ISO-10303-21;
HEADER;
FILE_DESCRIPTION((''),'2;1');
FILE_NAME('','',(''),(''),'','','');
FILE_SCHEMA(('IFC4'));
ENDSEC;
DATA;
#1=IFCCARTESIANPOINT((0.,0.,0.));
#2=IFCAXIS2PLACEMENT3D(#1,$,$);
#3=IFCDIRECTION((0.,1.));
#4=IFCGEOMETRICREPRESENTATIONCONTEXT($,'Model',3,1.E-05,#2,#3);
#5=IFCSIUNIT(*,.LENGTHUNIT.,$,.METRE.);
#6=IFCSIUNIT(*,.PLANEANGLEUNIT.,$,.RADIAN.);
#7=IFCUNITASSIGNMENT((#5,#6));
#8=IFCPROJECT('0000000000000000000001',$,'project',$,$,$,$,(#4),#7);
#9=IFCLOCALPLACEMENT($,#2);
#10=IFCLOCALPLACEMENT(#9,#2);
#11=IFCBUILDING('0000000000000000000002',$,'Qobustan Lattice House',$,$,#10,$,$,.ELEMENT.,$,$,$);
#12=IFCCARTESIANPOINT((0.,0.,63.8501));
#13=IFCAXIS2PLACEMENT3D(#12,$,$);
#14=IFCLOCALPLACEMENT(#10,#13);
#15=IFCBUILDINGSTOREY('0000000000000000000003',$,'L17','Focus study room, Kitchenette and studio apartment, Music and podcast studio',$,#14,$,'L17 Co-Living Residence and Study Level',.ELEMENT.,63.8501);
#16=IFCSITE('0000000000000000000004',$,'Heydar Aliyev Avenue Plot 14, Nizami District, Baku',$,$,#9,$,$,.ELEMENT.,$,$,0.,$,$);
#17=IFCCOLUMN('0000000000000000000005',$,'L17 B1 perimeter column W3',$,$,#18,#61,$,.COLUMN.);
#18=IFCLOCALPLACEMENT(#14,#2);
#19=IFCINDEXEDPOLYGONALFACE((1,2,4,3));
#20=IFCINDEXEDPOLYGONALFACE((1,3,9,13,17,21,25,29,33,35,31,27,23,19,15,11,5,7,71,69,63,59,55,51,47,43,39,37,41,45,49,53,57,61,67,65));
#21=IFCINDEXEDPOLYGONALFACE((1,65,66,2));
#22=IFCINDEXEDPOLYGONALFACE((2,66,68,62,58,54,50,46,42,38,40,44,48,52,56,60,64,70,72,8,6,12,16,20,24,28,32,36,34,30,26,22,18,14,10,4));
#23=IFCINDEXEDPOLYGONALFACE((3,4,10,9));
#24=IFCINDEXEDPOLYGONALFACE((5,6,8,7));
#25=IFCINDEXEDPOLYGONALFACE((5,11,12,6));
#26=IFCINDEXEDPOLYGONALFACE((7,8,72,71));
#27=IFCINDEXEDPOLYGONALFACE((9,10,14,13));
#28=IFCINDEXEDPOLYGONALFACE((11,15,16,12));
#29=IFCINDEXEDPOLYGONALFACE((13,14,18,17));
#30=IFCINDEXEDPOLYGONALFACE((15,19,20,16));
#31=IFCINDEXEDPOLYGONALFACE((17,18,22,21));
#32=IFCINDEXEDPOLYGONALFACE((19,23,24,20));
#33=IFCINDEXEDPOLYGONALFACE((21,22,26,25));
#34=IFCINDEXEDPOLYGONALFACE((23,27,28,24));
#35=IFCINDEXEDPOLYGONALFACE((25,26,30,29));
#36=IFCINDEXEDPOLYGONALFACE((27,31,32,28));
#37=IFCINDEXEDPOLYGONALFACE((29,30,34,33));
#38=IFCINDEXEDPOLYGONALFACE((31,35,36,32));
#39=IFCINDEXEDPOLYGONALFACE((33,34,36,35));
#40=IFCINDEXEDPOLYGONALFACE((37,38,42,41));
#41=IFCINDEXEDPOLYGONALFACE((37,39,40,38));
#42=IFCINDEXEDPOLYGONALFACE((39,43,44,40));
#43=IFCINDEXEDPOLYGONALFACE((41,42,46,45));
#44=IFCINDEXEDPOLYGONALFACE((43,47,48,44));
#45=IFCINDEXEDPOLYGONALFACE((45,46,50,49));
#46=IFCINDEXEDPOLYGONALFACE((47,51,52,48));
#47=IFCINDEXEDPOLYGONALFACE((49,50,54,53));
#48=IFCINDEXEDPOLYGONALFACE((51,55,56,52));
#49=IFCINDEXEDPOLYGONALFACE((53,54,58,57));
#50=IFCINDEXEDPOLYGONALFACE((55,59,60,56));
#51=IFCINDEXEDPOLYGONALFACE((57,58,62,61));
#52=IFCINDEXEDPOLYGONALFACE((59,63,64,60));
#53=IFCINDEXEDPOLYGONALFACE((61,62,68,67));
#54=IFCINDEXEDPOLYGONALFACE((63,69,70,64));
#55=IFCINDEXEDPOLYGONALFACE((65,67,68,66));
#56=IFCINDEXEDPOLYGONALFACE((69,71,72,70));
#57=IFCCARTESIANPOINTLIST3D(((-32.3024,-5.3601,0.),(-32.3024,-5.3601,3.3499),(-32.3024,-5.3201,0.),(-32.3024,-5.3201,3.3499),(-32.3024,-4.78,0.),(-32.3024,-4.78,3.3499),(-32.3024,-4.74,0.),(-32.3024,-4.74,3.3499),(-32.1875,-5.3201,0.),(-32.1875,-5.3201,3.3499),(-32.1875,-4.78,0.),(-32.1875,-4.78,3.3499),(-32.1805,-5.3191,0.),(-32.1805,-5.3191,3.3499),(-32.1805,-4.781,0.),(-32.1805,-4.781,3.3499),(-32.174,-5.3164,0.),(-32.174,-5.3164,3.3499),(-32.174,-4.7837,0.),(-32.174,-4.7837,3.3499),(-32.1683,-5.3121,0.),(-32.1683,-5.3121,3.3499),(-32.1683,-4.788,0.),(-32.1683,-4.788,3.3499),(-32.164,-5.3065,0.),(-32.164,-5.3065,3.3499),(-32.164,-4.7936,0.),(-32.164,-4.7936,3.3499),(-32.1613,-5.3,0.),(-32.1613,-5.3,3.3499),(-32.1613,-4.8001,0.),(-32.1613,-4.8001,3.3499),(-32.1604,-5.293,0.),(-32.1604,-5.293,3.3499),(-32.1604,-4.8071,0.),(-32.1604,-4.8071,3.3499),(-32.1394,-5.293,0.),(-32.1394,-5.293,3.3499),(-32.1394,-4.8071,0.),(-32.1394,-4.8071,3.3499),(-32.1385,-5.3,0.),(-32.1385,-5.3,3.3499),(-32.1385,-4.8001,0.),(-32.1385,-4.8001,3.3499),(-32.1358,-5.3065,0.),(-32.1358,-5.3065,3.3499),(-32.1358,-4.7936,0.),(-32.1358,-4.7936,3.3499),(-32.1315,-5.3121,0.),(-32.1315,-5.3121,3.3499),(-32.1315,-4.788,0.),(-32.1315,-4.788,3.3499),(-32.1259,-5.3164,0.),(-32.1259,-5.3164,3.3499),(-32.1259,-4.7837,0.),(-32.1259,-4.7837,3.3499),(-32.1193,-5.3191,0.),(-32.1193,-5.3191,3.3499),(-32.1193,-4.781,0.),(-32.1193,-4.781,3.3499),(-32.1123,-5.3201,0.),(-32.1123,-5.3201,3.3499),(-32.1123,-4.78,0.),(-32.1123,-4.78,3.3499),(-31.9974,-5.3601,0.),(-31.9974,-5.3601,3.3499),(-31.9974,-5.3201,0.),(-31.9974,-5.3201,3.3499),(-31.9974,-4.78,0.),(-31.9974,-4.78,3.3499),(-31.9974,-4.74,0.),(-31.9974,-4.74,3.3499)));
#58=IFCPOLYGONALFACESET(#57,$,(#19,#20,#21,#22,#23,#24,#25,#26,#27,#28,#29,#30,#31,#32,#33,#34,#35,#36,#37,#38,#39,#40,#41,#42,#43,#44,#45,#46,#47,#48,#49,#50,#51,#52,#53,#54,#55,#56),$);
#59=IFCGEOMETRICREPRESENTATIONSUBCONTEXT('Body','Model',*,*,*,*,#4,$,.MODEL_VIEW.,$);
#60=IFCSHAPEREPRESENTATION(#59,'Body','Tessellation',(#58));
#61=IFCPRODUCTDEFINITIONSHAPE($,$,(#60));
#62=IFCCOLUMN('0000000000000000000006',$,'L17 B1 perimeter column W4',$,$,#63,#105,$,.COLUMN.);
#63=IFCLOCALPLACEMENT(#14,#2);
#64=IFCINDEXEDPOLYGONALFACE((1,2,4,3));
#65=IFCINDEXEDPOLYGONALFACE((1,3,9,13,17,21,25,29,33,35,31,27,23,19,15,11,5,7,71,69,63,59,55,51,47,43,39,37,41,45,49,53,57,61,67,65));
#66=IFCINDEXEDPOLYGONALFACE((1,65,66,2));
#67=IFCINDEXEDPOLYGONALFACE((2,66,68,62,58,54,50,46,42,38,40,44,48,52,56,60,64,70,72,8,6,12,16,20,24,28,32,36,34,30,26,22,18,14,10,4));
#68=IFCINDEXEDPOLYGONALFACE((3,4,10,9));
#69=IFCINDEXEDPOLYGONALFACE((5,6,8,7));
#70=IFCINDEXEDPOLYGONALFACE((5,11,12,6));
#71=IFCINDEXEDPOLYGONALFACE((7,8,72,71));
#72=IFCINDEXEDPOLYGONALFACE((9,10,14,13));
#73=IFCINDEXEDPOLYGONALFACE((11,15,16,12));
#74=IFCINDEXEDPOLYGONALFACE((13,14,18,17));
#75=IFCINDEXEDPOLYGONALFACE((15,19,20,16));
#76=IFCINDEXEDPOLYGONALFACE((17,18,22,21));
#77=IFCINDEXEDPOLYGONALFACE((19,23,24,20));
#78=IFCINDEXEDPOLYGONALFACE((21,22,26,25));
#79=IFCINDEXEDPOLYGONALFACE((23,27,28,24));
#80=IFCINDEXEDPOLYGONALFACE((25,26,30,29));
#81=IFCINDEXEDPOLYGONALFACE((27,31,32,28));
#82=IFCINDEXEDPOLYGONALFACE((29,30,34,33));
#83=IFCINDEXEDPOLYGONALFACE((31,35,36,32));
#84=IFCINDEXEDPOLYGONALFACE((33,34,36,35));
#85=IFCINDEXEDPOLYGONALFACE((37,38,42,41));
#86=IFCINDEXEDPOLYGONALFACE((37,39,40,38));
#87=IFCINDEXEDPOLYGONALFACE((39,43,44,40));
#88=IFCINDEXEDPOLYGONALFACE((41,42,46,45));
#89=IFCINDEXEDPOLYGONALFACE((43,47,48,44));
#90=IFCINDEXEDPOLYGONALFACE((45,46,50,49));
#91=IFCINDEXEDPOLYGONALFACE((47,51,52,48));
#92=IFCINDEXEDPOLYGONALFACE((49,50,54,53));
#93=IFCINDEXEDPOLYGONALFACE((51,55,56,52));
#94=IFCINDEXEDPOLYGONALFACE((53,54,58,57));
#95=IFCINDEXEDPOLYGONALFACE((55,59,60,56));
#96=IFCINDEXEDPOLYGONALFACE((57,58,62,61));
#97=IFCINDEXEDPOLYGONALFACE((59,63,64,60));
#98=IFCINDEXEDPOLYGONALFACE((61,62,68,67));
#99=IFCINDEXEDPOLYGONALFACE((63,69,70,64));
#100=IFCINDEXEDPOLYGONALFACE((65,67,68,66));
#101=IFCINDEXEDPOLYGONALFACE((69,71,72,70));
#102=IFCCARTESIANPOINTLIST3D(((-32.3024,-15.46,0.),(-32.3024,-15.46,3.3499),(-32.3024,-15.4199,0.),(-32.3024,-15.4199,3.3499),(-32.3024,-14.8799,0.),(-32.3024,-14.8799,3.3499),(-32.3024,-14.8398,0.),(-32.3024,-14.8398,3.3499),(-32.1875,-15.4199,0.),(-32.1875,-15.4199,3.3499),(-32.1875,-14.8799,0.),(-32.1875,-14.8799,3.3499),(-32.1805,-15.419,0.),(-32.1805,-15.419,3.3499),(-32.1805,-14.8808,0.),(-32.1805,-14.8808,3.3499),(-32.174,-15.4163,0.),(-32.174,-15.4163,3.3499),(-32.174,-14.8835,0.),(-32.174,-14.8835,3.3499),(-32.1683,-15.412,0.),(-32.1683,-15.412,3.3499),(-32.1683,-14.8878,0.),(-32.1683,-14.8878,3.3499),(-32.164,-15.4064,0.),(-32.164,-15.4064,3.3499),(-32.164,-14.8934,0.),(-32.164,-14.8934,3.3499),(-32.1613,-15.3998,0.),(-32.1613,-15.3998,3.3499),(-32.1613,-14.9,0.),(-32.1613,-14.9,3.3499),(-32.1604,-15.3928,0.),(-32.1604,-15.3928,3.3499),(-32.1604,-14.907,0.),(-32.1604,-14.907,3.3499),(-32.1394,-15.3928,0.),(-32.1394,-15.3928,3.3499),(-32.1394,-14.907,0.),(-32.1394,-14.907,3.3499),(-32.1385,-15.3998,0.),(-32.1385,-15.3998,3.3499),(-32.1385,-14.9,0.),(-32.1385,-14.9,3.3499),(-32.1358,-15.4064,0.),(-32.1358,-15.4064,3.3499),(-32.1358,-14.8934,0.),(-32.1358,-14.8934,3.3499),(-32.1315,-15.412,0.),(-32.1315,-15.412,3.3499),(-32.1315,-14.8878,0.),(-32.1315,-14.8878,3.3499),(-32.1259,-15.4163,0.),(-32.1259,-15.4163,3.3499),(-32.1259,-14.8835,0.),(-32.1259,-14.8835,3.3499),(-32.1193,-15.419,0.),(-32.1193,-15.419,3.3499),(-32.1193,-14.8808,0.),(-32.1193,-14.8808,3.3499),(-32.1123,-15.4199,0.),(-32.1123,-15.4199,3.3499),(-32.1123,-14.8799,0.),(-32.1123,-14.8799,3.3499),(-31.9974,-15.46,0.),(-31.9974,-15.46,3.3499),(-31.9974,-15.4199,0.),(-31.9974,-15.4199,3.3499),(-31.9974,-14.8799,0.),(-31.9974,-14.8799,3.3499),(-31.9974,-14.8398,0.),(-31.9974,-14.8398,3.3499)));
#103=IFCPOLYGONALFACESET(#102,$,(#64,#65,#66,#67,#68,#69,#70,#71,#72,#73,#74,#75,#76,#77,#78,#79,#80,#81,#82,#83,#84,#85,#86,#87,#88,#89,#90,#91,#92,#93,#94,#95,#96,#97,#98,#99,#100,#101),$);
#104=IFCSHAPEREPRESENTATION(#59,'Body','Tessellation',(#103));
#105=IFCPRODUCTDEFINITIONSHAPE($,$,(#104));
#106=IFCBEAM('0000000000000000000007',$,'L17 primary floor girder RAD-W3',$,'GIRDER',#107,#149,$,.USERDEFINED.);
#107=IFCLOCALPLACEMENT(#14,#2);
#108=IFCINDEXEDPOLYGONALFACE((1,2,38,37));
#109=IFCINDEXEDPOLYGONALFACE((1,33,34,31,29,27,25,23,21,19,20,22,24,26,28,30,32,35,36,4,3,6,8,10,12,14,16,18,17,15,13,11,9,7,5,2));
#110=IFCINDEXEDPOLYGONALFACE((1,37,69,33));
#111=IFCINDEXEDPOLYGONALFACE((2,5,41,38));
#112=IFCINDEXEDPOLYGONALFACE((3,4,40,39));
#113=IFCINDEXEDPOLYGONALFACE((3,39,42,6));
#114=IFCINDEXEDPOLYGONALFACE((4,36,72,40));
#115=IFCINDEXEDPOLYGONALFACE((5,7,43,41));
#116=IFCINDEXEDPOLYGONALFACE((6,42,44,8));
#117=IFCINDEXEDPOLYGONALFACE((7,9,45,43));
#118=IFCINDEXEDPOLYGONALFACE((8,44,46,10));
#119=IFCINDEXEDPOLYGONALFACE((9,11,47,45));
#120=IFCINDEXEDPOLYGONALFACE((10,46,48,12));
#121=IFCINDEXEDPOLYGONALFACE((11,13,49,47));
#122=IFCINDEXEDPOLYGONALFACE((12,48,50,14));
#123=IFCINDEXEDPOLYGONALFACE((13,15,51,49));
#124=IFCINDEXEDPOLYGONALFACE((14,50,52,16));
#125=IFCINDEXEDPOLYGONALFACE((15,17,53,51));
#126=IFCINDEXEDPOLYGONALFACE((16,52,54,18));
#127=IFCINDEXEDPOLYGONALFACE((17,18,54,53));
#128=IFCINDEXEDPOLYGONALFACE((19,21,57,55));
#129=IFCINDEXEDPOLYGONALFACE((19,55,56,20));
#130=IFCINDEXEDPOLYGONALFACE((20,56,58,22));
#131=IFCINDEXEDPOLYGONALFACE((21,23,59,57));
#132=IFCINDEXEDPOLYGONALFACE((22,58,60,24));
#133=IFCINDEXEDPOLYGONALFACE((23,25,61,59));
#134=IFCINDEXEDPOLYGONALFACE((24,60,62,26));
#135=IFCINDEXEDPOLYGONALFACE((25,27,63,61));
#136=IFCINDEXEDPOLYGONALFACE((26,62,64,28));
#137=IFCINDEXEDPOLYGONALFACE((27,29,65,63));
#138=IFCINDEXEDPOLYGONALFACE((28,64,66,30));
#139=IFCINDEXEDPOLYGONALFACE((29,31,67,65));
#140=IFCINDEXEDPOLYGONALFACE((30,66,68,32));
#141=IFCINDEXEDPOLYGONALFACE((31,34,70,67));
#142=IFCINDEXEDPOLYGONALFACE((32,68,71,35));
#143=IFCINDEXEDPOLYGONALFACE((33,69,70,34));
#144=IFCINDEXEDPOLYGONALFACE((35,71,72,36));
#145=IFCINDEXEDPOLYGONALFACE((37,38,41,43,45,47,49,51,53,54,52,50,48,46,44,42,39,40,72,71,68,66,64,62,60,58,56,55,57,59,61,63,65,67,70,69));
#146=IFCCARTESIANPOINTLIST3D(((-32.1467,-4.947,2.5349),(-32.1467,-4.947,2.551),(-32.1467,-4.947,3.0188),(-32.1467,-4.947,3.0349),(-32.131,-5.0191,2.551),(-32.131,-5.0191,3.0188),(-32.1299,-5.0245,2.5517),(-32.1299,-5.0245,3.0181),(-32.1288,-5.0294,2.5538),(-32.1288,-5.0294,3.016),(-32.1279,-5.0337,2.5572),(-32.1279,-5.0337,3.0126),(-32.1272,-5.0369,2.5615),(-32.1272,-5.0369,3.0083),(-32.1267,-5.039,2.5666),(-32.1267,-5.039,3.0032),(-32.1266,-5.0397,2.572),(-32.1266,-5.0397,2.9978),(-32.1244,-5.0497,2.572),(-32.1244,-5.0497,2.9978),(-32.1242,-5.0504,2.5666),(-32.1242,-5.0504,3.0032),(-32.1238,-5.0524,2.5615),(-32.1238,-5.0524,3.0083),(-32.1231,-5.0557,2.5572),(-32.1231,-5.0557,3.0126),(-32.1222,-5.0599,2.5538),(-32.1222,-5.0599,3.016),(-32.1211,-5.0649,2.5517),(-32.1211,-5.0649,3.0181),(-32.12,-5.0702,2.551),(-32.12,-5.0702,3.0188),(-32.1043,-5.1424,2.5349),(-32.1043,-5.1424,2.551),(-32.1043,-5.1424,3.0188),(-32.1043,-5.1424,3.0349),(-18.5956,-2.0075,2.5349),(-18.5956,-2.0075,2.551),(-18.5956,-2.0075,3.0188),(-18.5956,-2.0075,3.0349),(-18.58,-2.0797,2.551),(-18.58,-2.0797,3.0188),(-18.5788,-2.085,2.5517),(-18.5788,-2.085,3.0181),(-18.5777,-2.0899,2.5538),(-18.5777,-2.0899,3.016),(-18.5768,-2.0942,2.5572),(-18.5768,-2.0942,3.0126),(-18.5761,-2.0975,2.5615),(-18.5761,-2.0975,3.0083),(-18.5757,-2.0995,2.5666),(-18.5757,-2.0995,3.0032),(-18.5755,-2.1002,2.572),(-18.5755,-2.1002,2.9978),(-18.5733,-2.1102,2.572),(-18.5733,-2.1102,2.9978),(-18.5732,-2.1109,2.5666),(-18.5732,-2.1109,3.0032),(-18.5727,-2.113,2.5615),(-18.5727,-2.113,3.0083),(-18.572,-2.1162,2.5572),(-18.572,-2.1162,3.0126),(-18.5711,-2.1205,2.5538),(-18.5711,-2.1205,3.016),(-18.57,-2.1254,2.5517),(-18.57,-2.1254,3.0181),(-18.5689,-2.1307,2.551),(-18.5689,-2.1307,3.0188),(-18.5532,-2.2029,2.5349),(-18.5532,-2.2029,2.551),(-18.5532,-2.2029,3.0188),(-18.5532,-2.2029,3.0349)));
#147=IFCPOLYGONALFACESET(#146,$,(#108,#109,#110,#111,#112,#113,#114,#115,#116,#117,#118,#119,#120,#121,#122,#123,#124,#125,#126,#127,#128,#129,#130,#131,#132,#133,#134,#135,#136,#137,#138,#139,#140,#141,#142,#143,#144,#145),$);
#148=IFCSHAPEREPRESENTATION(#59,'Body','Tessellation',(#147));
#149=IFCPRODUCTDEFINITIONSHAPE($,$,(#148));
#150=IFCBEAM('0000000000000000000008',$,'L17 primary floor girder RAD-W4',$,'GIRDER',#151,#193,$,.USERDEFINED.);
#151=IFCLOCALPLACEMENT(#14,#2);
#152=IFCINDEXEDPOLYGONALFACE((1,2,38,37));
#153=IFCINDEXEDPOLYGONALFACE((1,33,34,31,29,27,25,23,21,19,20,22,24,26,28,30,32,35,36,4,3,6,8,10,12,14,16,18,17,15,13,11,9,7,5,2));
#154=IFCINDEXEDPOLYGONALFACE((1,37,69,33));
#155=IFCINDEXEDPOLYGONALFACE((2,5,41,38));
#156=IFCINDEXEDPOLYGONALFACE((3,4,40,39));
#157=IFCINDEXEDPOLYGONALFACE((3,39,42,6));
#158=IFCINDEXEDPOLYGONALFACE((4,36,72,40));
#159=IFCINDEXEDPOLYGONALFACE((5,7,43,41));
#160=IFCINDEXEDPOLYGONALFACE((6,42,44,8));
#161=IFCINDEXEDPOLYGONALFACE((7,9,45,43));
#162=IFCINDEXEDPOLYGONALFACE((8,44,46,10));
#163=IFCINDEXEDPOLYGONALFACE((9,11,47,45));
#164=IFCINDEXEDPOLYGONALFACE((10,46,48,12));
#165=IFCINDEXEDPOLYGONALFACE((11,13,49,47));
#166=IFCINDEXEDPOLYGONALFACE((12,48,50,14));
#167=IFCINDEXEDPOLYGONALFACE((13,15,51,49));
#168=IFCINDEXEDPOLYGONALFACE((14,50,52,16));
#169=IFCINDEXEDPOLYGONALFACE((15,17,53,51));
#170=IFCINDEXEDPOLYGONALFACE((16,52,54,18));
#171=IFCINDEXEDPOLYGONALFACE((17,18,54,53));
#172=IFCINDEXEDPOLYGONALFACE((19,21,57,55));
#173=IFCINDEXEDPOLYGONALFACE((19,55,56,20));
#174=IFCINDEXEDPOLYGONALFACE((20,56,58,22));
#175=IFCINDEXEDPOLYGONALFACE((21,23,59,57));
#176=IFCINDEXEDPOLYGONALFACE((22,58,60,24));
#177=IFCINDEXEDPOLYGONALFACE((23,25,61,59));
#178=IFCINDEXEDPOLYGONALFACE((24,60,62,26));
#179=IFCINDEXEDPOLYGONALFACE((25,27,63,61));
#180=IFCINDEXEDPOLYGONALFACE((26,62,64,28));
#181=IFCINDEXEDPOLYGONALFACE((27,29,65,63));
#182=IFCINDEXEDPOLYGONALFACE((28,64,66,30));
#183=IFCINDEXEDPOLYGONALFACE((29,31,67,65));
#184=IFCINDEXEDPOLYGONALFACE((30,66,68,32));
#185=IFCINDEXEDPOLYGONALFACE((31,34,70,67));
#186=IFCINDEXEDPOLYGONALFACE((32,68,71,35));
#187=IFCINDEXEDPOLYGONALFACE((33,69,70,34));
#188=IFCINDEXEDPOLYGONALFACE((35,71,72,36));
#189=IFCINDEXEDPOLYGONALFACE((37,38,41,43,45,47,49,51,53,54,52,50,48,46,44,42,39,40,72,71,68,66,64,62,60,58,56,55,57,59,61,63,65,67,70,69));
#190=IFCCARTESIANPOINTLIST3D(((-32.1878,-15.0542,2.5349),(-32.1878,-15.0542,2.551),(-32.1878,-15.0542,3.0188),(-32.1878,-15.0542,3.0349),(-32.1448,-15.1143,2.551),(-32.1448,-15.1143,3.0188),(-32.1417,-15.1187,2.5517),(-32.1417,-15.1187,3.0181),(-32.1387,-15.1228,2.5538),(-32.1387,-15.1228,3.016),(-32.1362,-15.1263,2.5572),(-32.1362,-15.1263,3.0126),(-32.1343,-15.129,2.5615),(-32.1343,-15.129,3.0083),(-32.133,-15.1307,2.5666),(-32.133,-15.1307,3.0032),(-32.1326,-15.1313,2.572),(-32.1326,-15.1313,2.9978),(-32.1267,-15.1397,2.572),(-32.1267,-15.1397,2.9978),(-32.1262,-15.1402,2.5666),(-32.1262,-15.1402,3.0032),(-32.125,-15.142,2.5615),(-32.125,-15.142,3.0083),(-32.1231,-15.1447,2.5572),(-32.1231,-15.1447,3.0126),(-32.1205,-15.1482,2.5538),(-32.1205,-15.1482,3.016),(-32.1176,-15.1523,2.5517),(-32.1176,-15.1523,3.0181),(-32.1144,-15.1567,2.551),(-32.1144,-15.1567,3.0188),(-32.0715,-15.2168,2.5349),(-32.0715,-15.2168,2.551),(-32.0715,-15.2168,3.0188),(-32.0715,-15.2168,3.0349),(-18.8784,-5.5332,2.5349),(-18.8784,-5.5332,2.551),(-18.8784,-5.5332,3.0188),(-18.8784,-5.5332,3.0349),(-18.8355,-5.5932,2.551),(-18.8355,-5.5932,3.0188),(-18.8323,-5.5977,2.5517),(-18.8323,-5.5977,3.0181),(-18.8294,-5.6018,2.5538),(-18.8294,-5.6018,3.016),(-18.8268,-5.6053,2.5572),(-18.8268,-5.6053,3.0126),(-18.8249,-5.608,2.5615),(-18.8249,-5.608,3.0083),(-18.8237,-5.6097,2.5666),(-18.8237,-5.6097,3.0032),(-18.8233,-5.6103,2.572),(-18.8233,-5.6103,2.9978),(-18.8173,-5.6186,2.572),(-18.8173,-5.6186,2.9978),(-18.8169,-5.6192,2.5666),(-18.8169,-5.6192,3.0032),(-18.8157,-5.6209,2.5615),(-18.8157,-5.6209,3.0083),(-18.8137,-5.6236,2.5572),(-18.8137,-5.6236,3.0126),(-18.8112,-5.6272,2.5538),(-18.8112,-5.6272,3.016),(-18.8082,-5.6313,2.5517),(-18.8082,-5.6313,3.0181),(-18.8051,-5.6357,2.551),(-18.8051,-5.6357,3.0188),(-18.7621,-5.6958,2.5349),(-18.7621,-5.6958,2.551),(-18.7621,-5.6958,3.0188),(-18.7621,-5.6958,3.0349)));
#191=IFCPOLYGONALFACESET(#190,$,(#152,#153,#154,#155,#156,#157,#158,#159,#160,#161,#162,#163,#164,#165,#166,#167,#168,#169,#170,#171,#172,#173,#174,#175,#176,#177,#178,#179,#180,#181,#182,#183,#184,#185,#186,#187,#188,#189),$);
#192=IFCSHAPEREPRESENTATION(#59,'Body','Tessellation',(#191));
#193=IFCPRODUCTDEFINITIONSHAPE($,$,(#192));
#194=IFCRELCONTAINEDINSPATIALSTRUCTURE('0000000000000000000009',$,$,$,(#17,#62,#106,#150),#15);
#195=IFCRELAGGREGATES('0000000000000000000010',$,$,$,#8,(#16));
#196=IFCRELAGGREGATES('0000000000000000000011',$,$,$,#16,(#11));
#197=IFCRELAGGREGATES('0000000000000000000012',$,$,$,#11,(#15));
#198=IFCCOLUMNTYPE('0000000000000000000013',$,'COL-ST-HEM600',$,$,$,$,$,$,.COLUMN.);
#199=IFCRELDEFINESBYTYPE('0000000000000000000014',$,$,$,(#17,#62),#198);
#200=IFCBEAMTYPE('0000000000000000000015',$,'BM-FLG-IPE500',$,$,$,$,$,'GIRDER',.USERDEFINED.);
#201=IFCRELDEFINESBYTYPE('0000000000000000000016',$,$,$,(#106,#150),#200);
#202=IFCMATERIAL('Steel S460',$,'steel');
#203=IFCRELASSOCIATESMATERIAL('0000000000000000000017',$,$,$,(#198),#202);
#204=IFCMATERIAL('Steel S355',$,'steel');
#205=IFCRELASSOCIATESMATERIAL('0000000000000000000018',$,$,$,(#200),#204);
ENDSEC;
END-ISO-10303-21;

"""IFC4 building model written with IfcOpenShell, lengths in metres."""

from ifc_helpers import new_model, si_unit, direction, frame, origin, origin_2d, place, context, subcontext, project, spatial, i_section, extrude, material, material_profile, profile_set, type_object, element, save


model = new_model("IFC4")

# Units and contexts
model_context = context("Model", 3, precision=1e-05, world=origin(), true_north=direction((0.0, 1.0)))
body_context = subcontext(model_context, "Body", "Model", "MODEL_VIEW")
ifc_project = project(units=[si_unit("LENGTHUNIT", "METRE"), si_unit("PLANEANGLEUNIT", "RADIAN")], contexts=[model_context])

# Site, building, storey
site_placement = place(None, origin())
site = spatial("IfcSite", under=ifc_project, at=site_placement, Name="Heydar Aliyev Avenue Plot 14, Nizami District, Baku", CompositionType="ELEMENT", RefElevation=0.0)
building_placement = place(site_placement, origin())
building = spatial("IfcBuilding", under=site, at=building_placement, Name="Qobustan Lattice House", CompositionType="ELEMENT")
storey_placement = place(building_placement, frame((0.0, 0.0, 63.8501)))
storey = spatial("IfcBuildingStorey", under=building, at=storey_placement, Name="L17", Description="Focus study room, Kitchenette and studio apartment, Music and podcast studio", LongName="L17 Co-Living Residence and Study Level", CompositionType="ELEMENT", Elevation=63.8501)

# Columns
ifc_material_1 = material(Name="Steel S460", Category="steel")
ifc_material_profile_1 = material_profile(ifc_material_1, i_section(OverallWidth=0.3049, OverallDepth=0.6201, WebThickness=0.021, FlangeThickness=0.04, FilletRadius=0.0271, at=origin_2d()), Name="HEM600")
ifc_profile_set_1 = profile_set([ifc_material_profile_1], Name="Steel S460")
column_type = type_object("IfcColumnType", Name="COL-ST-HEM600", PredefinedType="COLUMN", material=ifc_profile_set_1)
for number, where, z_axis, x_axis, name in (
    (1, (-32.1499, -5.05, 0.0), (0.0, 0.0, 1.0), (1.0, 0.0, 0.0), "L17 B1 perimeter column W3"),
    (2, (-32.1499, -15.1499, 0.0), (0.0, 0.0, 1.0), (1.0, 0.0, 0.0), "L17 B1 perimeter column W4"),
):
    element("IfcColumn", number, at=place(storey_placement, frame(where, z_axis=z_axis, x_axis=x_axis)), inside=storey, type_object=column_type, Name=name, PredefinedType="COLUMN", context=body_context, shape_type="SweptSolid", body=[
        extrude(i_section(OverallWidth=0.3049, OverallDepth=0.6201, WebThickness=0.021, FlangeThickness=0.04, FilletRadius=0.0271, at=origin_2d()), origin(), (0.0, 0.0, 1.0), 3.3499),
    ])

# Beams
ifc_material_2 = material(Name="Steel S355", Category="steel")
ifc_material_profile_2 = material_profile(ifc_material_2, i_section(OverallWidth=0.2, OverallDepth=0.5, WebThickness=0.0103, FlangeThickness=0.0161, FilletRadius=0.021, at=origin_2d()), Name="IPE500")
ifc_profile_set_2 = profile_set([ifc_material_profile_2], Name="Steel S355")
beam_type_1 = type_object("IfcBeamType", Name="BM-FLG-IPE500", ElementType="GIRDER", PredefinedType="USERDEFINED", material=ifc_profile_set_2)
beam_1_placement = place(storey_placement, frame((-32.1255, -5.0447, 2.7849), z_axis=(0.977272, 0.211987, 0.0), x_axis=(-0.211987, 0.977272, 0.0)))
element("IfcBeam", 3, at=beam_1_placement, inside=storey, type_object=beam_type_1, Name="L17 primary floor girder RAD-W3", ObjectType="GIRDER", PredefinedType="USERDEFINED", context=body_context, shape_type="SweptSolid", body=[
    extrude(i_section(OverallWidth=0.2, OverallDepth=0.5, WebThickness=0.0103, FlangeThickness=0.0161, FilletRadius=0.021, at=origin_2d()), origin(), (0.0, 0.0, 1.0), 13.8662),
])
beam_2_placement = place(storey_placement, frame((-32.1296, -15.1355, 2.7849), z_axis=(0.813319, 0.581818, 0.0), x_axis=(-0.581818, 0.813319, 0.0)))
element("IfcBeam", 4, at=beam_2_placement, inside=storey, type_object=beam_type_1, Name="L17 primary floor girder RAD-W4", ObjectType="GIRDER", PredefinedType="USERDEFINED", context=body_context, shape_type="SweptSolid", body=[
    extrude(i_section(OverallWidth=0.2, OverallDepth=0.5, WebThickness=0.0103, FlangeThickness=0.0161, FilletRadius=0.021, at=origin_2d()), origin(), (0.0, 0.0, 1.0), 16.3643),
])

save(model, "model.ifc")
